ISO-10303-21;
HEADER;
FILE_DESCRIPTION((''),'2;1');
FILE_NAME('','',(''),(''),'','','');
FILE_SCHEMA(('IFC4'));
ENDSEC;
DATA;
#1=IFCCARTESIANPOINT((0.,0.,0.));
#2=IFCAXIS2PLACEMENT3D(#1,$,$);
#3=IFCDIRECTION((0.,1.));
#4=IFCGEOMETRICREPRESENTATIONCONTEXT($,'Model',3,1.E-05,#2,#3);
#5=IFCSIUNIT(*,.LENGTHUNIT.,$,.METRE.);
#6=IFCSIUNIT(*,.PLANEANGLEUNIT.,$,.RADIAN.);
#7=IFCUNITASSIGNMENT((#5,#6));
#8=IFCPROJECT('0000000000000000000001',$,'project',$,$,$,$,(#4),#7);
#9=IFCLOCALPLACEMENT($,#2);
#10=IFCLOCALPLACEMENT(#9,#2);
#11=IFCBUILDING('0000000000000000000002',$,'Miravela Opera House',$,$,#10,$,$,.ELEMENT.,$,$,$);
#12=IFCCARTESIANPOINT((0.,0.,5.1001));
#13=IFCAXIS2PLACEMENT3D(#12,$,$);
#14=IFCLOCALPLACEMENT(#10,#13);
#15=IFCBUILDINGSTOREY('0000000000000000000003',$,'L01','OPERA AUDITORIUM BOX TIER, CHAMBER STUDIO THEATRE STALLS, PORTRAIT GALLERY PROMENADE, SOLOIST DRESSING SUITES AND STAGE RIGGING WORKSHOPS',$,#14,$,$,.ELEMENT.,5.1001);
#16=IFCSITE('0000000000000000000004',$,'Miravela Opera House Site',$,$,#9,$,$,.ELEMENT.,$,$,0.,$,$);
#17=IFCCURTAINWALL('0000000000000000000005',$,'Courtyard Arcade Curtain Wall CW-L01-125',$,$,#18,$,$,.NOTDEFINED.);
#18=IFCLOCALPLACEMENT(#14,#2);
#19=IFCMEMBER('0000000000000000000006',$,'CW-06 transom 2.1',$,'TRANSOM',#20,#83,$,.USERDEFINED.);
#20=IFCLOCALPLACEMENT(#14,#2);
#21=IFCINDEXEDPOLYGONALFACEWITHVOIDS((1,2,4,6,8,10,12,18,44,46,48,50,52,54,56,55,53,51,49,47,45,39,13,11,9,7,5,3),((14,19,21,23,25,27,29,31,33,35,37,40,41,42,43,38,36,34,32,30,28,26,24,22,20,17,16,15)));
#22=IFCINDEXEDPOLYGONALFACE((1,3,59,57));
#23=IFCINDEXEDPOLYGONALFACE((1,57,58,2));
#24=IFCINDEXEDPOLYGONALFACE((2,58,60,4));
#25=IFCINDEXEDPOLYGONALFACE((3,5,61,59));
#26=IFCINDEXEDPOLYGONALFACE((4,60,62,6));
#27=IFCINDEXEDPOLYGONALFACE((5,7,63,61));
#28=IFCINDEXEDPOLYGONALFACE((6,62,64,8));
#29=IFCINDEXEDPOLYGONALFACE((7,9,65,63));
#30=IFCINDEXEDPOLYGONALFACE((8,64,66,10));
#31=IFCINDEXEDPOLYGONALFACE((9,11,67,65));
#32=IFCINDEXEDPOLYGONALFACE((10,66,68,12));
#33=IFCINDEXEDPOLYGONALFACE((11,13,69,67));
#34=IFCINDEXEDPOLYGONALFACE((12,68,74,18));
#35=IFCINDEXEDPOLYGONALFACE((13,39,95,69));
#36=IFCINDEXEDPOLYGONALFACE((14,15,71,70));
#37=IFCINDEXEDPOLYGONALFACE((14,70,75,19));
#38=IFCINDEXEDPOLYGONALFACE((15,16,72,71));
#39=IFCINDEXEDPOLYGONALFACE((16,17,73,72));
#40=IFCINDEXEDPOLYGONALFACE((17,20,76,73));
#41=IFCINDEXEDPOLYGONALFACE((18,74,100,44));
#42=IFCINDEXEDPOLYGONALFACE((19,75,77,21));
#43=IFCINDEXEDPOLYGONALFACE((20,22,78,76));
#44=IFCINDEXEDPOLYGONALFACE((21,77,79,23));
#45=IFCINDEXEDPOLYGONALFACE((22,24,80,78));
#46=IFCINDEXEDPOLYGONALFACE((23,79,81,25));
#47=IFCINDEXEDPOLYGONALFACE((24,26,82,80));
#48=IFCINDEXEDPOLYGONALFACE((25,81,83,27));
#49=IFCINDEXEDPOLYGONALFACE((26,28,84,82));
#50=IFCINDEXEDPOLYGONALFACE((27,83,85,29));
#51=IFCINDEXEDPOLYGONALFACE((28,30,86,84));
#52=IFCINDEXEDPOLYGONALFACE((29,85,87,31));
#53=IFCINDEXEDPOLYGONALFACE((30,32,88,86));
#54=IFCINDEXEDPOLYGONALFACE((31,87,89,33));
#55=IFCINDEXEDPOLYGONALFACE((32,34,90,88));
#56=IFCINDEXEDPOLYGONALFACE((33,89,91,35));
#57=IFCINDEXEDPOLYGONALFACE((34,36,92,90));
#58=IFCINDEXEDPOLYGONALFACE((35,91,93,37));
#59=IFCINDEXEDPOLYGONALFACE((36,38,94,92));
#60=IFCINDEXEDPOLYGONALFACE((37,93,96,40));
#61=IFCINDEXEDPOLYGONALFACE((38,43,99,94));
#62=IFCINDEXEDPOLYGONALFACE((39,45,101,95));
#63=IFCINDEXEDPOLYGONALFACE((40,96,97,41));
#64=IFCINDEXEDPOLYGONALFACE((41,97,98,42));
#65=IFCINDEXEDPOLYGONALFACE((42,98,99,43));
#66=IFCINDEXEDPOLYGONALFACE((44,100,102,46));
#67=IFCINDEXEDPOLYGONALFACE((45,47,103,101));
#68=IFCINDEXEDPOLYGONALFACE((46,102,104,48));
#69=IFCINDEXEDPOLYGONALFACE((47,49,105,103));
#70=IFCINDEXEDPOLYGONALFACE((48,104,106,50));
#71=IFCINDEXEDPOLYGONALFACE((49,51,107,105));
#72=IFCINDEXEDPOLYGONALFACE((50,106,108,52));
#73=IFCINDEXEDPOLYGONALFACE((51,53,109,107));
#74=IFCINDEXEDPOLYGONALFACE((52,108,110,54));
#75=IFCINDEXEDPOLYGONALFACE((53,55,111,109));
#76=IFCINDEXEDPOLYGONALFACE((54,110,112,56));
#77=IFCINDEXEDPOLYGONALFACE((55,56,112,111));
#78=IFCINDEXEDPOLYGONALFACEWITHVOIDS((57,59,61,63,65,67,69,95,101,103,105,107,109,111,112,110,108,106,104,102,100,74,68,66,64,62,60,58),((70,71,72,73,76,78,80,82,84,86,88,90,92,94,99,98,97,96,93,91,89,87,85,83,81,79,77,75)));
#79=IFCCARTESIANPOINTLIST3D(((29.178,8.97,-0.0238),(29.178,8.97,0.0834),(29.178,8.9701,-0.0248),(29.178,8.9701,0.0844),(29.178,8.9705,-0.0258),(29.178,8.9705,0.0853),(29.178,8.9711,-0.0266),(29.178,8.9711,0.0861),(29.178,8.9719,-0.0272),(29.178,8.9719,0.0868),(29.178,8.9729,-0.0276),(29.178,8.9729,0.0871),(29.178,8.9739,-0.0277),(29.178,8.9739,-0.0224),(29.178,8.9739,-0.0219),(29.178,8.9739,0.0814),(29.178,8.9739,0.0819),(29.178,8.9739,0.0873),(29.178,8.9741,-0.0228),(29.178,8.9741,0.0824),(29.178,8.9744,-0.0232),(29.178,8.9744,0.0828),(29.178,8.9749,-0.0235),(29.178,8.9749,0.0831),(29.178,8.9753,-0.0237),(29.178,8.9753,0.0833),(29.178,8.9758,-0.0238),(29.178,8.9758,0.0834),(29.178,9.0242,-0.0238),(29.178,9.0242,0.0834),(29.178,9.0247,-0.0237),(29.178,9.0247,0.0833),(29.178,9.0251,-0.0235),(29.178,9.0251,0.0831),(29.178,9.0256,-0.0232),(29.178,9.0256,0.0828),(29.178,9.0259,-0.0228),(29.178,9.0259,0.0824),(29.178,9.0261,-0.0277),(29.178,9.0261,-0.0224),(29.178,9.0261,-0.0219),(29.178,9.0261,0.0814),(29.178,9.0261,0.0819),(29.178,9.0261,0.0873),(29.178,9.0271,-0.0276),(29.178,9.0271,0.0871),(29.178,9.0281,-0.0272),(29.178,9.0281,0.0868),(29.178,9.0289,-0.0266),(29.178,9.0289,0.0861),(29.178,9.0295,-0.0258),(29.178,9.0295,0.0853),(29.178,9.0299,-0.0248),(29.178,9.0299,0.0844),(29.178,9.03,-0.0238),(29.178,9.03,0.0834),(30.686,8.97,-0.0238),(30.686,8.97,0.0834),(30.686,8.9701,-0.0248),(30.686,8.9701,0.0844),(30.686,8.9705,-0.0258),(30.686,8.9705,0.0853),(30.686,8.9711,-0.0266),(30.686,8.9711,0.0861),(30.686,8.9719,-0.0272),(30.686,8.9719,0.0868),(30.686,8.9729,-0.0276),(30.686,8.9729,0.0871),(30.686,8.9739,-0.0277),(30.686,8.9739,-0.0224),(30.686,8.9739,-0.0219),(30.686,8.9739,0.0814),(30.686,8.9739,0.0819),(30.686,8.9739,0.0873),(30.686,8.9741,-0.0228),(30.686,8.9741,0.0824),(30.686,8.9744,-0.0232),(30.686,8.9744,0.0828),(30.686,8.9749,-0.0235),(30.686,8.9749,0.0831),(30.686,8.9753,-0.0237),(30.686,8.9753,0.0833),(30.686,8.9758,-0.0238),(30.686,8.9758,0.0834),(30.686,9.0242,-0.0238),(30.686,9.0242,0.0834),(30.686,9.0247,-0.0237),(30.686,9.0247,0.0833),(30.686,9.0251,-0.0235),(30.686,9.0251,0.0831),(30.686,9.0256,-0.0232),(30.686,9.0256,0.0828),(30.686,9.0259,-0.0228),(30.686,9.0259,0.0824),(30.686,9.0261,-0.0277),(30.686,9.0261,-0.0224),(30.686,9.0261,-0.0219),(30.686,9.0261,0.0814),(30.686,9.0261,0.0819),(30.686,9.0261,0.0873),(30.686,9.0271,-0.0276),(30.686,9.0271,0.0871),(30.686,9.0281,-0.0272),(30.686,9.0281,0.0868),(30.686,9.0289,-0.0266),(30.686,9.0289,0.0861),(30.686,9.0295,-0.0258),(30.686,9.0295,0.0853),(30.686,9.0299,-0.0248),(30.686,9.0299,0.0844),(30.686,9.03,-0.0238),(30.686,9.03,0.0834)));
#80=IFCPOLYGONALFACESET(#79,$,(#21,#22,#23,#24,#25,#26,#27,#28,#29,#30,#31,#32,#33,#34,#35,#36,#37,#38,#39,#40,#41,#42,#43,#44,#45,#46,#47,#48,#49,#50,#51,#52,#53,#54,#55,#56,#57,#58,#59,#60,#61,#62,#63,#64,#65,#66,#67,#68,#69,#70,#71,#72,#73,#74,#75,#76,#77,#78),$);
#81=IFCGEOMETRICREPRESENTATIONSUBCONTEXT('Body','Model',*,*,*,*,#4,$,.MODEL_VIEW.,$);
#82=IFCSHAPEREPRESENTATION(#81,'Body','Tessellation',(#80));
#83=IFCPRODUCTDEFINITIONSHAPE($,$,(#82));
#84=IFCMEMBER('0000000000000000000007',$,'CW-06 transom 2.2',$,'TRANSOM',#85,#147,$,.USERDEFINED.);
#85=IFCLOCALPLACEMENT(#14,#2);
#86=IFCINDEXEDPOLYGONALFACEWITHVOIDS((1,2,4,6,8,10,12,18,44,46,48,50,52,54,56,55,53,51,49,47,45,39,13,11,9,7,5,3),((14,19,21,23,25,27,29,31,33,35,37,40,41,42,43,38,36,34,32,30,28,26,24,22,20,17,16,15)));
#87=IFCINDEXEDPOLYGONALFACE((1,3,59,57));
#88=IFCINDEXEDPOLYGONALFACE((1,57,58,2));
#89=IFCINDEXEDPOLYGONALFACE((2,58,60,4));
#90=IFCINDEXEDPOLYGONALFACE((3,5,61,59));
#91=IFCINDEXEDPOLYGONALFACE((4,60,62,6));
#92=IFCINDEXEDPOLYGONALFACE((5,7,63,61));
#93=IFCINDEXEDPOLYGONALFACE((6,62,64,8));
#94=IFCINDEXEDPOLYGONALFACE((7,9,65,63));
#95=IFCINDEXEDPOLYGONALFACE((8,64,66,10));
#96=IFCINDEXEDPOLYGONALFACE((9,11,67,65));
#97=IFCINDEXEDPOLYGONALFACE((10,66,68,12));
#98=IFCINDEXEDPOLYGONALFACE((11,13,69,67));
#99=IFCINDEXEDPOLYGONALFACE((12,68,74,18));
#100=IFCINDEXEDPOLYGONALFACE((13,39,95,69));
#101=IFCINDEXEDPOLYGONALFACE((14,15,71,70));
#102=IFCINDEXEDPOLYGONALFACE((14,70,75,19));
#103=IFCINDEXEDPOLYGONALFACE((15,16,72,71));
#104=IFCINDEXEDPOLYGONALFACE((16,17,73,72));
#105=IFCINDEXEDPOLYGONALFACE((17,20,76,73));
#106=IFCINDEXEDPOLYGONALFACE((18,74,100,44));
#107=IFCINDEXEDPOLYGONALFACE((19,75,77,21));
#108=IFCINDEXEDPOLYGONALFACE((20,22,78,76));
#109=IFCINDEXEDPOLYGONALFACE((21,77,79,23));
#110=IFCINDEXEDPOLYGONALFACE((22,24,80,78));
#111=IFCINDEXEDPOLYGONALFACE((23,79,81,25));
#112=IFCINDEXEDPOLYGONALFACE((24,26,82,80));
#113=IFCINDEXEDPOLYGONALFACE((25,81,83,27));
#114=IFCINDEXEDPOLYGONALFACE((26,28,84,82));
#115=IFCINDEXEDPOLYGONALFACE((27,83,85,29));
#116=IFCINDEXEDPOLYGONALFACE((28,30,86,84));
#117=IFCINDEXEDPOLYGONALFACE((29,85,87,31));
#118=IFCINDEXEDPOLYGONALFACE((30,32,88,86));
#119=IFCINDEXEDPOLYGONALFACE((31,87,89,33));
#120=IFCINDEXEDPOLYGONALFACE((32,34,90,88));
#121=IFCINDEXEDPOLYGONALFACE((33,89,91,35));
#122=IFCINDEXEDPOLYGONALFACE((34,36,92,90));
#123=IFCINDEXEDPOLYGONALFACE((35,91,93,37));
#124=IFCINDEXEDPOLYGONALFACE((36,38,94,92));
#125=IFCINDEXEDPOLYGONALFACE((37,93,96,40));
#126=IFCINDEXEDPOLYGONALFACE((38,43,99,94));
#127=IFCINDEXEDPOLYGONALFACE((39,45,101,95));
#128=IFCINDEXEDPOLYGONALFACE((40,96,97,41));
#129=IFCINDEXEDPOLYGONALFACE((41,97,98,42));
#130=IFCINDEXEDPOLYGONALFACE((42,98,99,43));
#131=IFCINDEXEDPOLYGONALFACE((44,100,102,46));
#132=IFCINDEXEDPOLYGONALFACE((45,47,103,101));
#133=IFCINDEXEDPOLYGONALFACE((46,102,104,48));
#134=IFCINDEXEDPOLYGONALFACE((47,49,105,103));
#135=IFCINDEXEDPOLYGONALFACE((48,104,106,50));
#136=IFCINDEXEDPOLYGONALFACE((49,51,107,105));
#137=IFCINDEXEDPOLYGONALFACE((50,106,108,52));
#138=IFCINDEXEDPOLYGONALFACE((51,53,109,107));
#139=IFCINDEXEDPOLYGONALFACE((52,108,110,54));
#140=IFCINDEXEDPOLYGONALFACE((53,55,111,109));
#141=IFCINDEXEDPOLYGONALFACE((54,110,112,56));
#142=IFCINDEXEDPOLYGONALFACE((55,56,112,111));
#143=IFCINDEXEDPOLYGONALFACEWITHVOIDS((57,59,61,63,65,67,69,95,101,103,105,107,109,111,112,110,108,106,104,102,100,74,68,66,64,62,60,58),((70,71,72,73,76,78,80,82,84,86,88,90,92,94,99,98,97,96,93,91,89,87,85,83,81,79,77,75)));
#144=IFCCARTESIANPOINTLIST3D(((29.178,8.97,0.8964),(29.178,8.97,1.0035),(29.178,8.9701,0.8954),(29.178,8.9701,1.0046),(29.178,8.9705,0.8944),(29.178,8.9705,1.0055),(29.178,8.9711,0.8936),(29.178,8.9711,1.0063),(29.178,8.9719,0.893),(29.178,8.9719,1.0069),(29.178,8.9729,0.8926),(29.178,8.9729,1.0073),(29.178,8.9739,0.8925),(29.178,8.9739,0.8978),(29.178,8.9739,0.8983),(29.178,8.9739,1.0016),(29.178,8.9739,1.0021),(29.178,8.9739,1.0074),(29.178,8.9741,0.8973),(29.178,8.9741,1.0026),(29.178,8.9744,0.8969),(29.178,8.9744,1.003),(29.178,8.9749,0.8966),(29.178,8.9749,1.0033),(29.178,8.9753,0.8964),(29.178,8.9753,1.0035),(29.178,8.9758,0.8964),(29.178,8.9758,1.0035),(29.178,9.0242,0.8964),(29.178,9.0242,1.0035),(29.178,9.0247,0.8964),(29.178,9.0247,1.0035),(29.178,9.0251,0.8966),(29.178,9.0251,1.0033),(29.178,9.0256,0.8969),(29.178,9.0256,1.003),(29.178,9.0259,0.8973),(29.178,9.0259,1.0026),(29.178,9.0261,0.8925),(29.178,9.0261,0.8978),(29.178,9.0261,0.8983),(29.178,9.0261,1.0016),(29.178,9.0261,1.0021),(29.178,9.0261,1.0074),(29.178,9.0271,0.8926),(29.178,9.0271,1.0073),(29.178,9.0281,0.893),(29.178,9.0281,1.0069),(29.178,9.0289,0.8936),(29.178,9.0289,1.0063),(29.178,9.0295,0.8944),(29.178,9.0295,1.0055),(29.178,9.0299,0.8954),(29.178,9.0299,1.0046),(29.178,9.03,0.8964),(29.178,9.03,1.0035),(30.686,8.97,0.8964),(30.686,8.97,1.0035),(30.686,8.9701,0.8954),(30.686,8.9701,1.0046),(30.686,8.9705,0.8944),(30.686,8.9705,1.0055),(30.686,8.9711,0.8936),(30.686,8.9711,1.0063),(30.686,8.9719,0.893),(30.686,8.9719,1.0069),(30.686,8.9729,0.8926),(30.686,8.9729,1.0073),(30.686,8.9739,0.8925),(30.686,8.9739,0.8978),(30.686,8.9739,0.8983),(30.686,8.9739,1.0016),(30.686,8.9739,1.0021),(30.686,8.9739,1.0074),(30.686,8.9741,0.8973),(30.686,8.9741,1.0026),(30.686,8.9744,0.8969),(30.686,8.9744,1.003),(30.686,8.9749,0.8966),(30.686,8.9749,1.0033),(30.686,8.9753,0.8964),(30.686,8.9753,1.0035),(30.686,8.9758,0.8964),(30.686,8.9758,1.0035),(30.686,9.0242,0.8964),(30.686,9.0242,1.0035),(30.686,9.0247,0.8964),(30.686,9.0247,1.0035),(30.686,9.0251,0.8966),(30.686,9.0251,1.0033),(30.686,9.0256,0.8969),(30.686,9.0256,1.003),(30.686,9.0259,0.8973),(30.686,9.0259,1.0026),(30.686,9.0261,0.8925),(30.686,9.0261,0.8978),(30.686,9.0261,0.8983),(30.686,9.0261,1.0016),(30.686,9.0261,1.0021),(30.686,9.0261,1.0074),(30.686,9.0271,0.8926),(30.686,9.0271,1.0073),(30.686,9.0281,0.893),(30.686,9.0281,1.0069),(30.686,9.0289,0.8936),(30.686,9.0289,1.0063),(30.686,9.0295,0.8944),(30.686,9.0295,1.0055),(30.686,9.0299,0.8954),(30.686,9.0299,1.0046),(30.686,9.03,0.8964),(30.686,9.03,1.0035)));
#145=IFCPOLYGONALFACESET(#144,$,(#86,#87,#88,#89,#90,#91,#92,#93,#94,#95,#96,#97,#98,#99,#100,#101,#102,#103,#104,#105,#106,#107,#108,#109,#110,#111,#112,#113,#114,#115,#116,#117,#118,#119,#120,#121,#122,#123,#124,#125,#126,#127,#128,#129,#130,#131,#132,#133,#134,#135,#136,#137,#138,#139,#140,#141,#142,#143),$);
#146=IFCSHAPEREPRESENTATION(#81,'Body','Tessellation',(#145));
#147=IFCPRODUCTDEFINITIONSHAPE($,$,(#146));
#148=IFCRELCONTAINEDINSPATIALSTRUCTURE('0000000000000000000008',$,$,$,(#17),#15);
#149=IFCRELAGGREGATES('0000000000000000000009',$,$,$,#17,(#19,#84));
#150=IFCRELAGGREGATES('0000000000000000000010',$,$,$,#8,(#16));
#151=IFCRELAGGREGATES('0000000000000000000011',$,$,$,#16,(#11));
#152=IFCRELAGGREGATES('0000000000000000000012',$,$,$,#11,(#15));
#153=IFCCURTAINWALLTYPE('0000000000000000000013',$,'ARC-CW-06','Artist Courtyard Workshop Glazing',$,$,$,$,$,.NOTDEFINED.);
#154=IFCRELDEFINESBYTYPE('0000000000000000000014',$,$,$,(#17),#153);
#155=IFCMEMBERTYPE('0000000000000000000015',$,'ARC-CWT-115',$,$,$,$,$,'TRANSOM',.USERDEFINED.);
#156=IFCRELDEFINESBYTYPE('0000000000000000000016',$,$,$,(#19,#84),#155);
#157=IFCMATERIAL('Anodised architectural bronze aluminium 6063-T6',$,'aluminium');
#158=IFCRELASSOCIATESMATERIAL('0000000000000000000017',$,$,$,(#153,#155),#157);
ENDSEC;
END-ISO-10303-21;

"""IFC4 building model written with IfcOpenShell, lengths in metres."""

from ifc_helpers import new_model, si_unit, direction, frame, origin, origin_2d, place, context, subcontext, project, spatial, hollow_rectangle, extrude, material, material_profile, profile_set, type_object, element, aggregate, save


model = new_model("IFC4")

# Units and contexts
model_context = context("Model", 3, precision=1e-05, world=origin(), true_north=direction((0.0, 1.0)))
body_context = subcontext(model_context, "Body", "Model", "MODEL_VIEW")
ifc_project = project(units=[si_unit("LENGTHUNIT", "METRE"), si_unit("PLANEANGLEUNIT", "RADIAN")], contexts=[model_context])

# Site, building, storey
site_placement = place(None, origin())
site = spatial("IfcSite", under=ifc_project, at=site_placement, Name="Miravela Opera House Site", CompositionType="ELEMENT", RefElevation=0.0)
building_placement = place(site_placement, origin())
building = spatial("IfcBuilding", under=site, at=building_placement, Name="Miravela Opera House", CompositionType="ELEMENT")
storey_placement = place(building_placement, frame((0.0, 0.0, 5.1001)))
storey = spatial("IfcBuildingStorey", under=building, at=storey_placement, Name="L01", Description="OPERA AUDITORIUM BOX TIER, CHAMBER STUDIO THEATRE STALLS, PORTRAIT GALLERY PROMENADE, SOLOIST DRESSING SUITES AND STAGE RIGGING WORKSHOPS", CompositionType="ELEMENT", Elevation=5.1001)

# Curtain wall, members
ifc_material_1 = material(Name="Anodised architectural bronze aluminium 6063-T6", Category="aluminium")
curtain_wall_type = type_object("IfcCurtainWallType", Name="ARC-CW-06", Description="Artist Courtyard Workshop Glazing", PredefinedType="NOTDEFINED", material=ifc_material_1)
curtain_wall_placement = place(storey_placement, origin())
curtain_wall = element("IfcCurtainWall", 1, at=curtain_wall_placement, inside=storey, type_object=curtain_wall_type, Name="Courtyard Arcade Curtain Wall CW-L01-125", PredefinedType="NOTDEFINED")
ifc_material_profile_1 = material_profile(ifc_material_1, hollow_rectangle(XDim=0.0601, YDim=0.115, WallThickness=0.0039, InnerFilletRadius=0.002, OuterFilletRadius=0.0039, at=origin_2d()), Name="CWT-60X115")
ifc_profile_set_1 = profile_set([ifc_material_profile_1])
member_type_1 = type_object("IfcMemberType", Name="ARC-CWT-115", ElementType="TRANSOM", PredefinedType="USERDEFINED", material=ifc_profile_set_1)
member_1_placement = place(storey_placement, frame((29.178, 9.0, 0.0298), z_axis=(1.0, 0.0, 0.0), x_axis=(0.0, 1.0, 0.0)))
member_1 = element("IfcMember", 2, at=member_1_placement, type_object=member_type_1, Name="CW-06 transom 2.1", ObjectType="TRANSOM", PredefinedType="USERDEFINED", context=body_context, shape_type="SweptSolid", body=[
    extrude(hollow_rectangle(XDim=0.0601, YDim=0.115, WallThickness=0.0039, InnerFilletRadius=0.002, OuterFilletRadius=0.0039, at=origin_2d()), origin(), (0.0, 0.0, 1.0), 1.5081),
])
member_2_placement = place(storey_placement, frame((29.178, 9.0, 0.95), z_axis=(1.0, 0.0, 0.0), x_axis=(0.0, 1.0, 0.0)))
member_2 = element("IfcMember", 3, at=member_2_placement, type_object=member_type_1, Name="CW-06 transom 2.2", ObjectType="TRANSOM", PredefinedType="USERDEFINED", context=body_context, shape_type="SweptSolid", body=[
    extrude(hollow_rectangle(XDim=0.0601, YDim=0.115, WallThickness=0.0039, InnerFilletRadius=0.002, OuterFilletRadius=0.0039, at=origin_2d()), origin(), (0.0, 0.0, 1.0), 1.5081),
])

aggregate(curtain_wall, [member_1, member_2])

save(model, "model.ifc")
